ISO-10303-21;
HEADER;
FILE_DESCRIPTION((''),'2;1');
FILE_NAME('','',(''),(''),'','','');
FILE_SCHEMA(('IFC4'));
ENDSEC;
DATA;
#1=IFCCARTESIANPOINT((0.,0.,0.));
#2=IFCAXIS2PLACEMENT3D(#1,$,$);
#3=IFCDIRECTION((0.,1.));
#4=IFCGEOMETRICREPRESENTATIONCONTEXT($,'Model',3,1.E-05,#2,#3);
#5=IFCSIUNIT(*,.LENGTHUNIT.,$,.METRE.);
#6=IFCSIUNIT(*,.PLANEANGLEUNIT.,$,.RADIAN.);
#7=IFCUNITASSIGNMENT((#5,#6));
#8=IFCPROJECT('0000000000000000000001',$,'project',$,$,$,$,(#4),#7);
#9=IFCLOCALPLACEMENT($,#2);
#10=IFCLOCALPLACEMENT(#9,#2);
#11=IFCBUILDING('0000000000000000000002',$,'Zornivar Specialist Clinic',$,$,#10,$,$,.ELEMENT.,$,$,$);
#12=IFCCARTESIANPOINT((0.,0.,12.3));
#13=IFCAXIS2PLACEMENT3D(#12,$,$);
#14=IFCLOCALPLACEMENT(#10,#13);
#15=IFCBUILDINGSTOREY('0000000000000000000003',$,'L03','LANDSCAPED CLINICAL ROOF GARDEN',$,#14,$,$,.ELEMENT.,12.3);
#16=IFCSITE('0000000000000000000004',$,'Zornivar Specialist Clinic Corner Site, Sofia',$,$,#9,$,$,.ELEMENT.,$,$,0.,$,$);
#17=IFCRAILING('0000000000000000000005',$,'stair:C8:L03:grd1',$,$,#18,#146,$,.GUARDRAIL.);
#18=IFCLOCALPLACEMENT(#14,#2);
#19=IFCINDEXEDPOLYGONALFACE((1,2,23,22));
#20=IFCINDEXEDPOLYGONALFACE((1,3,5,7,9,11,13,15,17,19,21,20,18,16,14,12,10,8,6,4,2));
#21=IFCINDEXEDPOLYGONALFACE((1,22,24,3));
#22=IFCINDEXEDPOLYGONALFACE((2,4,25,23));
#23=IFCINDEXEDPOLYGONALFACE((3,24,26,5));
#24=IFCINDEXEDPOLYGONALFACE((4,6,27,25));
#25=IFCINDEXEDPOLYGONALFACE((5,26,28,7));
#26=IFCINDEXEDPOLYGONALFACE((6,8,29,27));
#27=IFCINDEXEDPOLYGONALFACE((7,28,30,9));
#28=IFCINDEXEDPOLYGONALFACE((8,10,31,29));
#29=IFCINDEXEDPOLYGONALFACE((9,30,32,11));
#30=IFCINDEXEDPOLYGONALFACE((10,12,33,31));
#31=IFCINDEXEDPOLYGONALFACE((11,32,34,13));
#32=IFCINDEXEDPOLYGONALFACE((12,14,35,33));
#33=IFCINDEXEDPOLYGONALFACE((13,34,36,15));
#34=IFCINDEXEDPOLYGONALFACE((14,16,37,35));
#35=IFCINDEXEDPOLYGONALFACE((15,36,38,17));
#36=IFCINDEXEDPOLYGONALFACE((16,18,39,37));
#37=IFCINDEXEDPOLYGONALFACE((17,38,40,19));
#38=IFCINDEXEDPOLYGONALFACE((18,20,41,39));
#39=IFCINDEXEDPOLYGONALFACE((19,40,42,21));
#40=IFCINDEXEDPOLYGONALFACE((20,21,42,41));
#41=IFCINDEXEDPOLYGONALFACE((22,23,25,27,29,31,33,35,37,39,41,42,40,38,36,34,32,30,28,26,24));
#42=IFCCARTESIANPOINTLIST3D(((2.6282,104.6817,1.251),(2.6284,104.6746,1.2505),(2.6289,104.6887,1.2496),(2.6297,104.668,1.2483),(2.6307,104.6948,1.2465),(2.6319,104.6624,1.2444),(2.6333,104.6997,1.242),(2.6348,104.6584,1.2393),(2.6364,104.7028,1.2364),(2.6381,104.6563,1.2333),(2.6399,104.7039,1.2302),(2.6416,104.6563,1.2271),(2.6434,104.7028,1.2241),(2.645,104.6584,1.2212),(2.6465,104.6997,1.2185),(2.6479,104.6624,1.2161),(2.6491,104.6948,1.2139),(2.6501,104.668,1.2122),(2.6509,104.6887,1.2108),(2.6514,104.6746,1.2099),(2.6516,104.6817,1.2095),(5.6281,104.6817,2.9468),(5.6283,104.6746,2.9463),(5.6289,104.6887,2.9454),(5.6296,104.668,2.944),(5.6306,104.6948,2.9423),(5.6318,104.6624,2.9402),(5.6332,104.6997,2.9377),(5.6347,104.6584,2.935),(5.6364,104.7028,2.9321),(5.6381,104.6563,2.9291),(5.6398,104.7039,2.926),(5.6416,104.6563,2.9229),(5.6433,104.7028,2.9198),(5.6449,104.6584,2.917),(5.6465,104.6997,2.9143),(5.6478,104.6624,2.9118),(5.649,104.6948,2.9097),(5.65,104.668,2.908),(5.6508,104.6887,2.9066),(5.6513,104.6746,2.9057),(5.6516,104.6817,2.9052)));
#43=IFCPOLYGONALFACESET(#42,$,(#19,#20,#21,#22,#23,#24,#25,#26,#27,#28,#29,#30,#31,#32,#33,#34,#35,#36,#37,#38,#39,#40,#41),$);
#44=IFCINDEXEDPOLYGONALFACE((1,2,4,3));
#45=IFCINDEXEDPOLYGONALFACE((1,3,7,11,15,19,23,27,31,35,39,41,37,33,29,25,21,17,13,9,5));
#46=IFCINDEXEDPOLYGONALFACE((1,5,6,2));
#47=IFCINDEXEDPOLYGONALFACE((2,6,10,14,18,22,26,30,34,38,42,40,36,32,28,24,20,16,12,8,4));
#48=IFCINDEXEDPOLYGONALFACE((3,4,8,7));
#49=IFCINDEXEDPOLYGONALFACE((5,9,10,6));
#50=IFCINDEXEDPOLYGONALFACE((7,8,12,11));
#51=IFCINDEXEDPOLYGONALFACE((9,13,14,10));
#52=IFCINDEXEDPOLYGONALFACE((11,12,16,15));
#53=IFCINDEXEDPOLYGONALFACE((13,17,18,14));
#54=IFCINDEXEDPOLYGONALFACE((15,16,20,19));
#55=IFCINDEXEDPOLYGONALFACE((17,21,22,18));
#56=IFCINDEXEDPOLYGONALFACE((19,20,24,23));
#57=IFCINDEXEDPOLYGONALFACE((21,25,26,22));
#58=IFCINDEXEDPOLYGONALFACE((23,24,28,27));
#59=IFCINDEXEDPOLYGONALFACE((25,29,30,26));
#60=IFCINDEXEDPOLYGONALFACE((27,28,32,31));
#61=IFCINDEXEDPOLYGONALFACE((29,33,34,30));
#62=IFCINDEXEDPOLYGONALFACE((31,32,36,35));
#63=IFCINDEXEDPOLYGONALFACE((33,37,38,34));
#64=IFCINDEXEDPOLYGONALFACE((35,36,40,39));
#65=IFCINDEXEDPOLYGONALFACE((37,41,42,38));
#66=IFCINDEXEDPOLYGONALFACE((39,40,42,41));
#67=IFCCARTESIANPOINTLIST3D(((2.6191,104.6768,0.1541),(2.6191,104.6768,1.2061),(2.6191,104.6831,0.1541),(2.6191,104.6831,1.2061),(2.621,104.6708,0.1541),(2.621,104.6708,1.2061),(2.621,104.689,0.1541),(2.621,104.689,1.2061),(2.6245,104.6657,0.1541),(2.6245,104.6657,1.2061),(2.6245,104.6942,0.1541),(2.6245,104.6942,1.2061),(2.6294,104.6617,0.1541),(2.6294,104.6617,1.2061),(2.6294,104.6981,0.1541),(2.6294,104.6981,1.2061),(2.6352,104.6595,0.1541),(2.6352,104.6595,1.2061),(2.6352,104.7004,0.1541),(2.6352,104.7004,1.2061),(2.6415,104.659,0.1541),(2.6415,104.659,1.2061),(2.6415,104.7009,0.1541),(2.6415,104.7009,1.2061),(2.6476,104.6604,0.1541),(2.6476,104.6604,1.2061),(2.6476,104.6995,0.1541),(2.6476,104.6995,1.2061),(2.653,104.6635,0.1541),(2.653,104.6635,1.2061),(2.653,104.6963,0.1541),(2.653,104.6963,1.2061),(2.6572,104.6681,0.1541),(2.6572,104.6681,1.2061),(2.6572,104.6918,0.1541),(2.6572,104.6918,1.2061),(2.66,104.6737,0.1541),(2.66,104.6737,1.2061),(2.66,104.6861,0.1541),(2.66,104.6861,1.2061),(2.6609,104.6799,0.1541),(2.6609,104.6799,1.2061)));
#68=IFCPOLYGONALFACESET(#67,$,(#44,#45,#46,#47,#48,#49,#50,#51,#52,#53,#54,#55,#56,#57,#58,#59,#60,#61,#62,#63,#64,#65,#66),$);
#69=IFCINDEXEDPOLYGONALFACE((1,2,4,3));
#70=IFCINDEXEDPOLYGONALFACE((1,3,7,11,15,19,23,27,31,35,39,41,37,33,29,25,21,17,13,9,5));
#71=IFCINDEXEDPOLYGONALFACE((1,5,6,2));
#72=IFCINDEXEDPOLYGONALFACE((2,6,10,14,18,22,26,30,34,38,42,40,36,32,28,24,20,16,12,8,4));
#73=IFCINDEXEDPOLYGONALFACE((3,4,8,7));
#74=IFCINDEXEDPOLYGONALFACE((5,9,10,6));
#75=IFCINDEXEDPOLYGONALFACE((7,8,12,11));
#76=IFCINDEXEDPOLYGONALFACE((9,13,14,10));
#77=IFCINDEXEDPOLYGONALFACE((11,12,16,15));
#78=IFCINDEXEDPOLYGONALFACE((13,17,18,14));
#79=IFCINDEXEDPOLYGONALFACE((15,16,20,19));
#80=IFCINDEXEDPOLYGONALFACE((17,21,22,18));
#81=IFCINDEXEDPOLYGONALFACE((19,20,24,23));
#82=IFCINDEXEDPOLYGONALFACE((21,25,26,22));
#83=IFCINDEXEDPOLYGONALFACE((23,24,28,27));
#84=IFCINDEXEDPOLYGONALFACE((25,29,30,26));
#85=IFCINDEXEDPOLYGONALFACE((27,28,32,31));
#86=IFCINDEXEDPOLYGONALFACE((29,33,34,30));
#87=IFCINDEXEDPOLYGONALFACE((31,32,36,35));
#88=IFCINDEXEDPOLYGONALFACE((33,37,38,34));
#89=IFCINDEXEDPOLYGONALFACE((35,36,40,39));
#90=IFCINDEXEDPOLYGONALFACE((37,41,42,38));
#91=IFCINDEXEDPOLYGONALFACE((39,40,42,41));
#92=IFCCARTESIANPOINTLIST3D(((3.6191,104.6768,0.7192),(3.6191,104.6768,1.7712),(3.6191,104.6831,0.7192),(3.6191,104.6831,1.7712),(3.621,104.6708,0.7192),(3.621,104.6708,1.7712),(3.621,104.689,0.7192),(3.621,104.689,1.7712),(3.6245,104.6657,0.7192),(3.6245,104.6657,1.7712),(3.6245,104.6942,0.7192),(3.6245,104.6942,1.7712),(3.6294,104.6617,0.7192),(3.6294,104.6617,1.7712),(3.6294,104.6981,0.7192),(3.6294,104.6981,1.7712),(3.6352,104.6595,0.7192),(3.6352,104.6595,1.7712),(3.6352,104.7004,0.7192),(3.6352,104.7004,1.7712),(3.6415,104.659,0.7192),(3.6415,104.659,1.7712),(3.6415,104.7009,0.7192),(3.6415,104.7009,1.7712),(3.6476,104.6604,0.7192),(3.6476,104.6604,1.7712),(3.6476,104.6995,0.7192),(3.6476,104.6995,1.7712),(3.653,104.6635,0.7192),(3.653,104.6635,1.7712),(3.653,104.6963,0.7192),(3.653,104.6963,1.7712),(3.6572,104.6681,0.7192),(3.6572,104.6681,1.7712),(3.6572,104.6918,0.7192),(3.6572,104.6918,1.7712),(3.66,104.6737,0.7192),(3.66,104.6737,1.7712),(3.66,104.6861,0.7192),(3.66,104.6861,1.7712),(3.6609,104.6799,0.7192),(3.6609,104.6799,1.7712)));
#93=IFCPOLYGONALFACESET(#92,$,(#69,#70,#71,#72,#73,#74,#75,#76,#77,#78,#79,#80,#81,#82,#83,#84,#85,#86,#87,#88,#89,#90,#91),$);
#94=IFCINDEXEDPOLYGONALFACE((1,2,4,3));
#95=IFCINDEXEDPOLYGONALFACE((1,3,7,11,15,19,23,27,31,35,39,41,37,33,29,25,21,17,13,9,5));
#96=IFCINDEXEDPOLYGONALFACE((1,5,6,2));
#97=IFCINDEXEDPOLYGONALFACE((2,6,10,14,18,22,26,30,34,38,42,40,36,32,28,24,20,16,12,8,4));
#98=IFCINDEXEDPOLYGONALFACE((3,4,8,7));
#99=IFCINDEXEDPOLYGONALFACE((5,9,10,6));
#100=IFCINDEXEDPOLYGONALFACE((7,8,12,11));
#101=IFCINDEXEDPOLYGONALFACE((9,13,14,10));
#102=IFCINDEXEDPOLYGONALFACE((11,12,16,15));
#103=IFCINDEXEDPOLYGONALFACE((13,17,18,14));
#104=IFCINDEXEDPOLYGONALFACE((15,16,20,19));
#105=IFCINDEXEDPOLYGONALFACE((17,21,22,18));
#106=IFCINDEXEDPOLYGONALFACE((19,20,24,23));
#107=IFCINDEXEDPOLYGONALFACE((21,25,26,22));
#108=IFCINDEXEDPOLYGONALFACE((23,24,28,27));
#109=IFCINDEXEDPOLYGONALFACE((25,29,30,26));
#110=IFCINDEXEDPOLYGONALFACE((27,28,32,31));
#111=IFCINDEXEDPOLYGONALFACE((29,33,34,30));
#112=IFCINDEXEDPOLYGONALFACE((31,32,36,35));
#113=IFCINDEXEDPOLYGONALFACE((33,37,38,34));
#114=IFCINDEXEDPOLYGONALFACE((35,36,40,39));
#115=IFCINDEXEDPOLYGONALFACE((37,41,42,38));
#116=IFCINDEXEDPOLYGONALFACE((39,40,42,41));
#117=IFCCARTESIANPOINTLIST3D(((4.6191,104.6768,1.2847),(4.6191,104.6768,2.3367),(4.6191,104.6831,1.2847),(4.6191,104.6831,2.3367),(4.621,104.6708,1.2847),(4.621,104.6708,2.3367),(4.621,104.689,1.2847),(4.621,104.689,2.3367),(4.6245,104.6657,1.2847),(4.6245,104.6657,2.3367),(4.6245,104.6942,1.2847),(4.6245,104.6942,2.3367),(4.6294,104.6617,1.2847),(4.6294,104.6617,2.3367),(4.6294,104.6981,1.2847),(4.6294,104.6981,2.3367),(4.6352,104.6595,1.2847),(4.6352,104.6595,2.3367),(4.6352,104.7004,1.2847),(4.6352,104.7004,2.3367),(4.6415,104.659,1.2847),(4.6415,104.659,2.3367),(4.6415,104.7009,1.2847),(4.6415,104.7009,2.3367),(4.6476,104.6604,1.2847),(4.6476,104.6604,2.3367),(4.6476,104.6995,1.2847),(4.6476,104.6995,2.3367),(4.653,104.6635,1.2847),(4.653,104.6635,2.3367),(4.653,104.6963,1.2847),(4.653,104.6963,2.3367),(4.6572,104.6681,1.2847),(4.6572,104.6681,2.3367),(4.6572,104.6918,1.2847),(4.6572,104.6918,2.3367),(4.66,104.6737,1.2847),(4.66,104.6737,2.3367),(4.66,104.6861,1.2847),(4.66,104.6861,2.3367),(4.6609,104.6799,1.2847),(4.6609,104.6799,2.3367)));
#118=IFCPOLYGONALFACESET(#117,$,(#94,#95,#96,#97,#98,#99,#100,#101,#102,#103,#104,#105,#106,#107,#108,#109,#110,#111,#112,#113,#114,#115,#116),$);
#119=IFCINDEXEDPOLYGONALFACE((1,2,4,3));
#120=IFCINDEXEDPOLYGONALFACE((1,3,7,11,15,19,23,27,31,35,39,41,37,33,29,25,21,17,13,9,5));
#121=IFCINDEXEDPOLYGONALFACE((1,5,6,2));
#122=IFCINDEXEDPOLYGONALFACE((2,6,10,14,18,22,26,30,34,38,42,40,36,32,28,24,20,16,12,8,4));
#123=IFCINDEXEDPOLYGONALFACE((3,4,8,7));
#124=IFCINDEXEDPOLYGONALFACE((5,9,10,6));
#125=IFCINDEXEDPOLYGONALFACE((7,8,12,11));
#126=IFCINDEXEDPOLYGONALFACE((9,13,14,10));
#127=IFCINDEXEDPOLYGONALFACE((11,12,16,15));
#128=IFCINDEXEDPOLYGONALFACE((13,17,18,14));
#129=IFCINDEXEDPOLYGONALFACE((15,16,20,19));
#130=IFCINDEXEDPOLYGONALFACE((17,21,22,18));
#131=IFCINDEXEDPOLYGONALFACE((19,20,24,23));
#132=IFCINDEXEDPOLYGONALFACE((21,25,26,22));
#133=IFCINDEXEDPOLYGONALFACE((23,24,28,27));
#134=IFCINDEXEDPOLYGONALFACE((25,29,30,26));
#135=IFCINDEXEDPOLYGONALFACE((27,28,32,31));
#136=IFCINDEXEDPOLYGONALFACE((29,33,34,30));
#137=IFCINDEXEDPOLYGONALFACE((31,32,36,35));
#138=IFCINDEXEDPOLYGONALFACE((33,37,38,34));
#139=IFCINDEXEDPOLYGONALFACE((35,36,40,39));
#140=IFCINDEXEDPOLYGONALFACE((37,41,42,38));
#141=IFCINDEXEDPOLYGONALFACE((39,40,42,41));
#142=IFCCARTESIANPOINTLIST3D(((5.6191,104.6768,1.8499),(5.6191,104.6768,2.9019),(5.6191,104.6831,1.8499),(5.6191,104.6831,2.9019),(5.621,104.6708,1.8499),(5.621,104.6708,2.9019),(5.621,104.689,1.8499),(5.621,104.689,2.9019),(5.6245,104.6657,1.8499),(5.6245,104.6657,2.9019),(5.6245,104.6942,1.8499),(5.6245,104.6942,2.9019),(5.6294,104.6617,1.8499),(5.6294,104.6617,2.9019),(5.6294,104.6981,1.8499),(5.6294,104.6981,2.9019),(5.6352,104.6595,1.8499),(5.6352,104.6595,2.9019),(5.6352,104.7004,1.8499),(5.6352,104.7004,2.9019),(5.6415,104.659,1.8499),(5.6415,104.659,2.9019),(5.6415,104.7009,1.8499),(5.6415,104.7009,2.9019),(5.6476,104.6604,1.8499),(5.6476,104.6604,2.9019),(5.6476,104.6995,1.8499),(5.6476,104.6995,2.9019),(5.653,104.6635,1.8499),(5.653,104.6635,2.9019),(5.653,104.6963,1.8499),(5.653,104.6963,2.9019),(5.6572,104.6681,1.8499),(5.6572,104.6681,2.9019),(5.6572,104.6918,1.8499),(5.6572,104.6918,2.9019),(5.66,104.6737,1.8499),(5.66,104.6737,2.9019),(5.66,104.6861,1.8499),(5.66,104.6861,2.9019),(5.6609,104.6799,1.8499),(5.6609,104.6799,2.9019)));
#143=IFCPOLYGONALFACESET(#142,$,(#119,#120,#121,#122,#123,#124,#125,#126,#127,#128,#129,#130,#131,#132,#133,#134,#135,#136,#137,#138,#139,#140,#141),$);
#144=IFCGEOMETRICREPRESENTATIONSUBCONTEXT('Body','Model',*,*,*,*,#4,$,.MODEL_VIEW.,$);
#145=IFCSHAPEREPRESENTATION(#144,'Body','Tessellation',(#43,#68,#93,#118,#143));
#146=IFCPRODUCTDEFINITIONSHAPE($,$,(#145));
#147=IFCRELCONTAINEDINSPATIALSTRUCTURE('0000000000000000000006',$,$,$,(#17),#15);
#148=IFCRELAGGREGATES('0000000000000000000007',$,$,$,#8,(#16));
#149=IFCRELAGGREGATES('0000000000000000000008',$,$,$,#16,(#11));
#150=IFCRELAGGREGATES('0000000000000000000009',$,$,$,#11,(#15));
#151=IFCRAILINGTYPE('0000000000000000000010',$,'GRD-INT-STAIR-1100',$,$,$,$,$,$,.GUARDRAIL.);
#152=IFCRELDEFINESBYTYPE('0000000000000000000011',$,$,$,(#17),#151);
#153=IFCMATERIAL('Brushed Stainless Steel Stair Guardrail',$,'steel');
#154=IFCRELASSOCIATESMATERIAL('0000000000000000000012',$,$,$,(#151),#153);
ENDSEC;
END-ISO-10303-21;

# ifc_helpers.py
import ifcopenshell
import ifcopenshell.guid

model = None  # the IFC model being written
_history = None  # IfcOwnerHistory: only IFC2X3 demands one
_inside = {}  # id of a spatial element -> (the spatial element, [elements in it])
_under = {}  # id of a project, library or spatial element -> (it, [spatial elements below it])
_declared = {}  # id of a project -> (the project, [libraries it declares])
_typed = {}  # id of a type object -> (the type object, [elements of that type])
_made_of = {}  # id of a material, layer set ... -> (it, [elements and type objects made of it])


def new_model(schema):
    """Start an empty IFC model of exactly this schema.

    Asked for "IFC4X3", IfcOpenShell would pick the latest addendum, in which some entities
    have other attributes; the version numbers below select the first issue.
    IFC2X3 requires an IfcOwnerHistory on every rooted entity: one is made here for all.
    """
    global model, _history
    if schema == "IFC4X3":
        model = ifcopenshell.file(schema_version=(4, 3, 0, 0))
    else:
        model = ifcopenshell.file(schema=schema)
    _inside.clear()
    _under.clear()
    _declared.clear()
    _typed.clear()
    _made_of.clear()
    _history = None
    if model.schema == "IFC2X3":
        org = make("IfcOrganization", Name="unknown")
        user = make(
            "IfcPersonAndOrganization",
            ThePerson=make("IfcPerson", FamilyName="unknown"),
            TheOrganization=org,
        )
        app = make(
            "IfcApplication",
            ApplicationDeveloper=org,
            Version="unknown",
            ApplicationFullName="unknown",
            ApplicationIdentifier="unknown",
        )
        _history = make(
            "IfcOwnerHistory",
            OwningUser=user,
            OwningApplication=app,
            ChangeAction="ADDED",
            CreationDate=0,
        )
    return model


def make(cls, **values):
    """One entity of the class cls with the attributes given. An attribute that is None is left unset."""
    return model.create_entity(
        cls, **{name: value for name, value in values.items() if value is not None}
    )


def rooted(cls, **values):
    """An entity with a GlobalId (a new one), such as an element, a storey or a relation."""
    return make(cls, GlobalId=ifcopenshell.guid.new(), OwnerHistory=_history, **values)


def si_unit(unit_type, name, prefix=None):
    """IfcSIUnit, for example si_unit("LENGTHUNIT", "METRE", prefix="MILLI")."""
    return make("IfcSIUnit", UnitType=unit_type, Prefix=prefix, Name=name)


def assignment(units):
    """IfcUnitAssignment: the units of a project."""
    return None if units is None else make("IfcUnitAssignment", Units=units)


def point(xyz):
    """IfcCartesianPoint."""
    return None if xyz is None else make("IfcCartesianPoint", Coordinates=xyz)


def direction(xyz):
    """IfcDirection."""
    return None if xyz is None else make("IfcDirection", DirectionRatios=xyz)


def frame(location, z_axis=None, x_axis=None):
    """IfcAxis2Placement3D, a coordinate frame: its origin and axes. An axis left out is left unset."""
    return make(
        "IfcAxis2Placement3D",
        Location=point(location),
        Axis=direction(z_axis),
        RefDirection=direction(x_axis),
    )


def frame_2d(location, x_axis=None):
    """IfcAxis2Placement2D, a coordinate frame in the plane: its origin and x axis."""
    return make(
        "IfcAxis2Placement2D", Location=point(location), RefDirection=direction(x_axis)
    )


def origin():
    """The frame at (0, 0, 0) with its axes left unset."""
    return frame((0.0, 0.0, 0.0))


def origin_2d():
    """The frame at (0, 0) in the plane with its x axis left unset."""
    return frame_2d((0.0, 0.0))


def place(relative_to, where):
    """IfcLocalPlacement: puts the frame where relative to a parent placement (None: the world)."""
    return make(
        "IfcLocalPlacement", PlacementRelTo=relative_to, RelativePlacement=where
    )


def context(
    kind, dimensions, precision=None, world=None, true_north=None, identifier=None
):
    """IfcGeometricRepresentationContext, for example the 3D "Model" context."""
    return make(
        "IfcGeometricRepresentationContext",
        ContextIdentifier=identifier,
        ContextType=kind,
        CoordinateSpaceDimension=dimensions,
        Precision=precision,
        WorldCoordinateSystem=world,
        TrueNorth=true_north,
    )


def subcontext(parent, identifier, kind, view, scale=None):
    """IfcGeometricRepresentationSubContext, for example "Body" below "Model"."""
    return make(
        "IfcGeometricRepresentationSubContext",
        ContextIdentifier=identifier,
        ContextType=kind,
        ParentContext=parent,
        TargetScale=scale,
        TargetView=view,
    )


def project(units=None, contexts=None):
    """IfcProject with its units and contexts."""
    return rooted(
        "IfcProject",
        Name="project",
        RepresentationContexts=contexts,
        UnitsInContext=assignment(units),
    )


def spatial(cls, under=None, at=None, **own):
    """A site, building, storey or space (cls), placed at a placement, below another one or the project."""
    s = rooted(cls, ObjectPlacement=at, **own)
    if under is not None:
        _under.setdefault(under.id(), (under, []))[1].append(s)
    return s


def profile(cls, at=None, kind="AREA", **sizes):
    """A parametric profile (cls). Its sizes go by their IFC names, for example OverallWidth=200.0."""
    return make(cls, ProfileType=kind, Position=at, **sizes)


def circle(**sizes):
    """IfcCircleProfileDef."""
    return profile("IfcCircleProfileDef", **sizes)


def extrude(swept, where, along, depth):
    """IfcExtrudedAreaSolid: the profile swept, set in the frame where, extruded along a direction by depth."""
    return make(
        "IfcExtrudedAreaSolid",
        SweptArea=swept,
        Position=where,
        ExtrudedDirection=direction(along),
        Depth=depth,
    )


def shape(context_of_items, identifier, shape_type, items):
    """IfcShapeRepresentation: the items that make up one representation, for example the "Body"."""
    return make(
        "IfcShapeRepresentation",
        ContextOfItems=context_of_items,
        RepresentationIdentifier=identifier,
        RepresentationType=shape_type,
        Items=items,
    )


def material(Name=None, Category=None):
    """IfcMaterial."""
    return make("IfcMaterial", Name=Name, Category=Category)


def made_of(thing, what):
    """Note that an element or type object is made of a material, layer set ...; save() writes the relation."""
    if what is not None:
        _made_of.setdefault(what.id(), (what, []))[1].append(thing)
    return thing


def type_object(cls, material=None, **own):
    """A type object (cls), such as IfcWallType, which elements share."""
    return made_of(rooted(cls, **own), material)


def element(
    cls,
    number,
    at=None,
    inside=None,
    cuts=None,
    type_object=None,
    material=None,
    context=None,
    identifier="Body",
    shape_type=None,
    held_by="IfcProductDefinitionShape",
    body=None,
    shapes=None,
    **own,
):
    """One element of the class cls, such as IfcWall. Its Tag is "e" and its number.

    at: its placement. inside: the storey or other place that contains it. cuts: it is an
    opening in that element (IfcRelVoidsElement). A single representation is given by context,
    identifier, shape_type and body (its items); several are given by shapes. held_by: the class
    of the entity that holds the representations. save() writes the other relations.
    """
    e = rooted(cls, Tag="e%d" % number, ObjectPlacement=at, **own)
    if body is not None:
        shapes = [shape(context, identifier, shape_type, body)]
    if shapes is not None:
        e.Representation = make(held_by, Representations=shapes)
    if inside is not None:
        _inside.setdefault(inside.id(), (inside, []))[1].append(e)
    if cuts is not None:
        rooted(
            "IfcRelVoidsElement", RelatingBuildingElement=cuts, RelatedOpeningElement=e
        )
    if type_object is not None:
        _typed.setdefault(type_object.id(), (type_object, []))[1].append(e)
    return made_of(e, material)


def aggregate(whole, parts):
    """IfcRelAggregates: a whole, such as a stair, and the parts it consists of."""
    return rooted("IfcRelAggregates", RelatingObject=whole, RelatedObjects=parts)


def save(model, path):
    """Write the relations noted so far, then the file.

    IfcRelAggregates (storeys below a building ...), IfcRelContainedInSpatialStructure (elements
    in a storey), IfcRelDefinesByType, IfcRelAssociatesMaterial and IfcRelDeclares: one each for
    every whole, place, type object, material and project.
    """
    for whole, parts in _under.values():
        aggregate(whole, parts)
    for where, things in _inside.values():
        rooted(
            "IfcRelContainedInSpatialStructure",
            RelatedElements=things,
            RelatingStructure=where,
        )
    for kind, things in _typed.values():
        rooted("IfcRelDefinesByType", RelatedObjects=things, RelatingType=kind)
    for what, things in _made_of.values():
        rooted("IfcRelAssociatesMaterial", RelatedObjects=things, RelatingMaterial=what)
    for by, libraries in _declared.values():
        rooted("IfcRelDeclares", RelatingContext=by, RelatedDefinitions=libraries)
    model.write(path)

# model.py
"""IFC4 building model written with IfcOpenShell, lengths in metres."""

from ifc_helpers import new_model, si_unit, direction, frame, origin, origin_2d, place, context, subcontext, project, spatial, circle, extrude, material, type_object, element, save


model = new_model("IFC4")

# Units and contexts
model_context = context("Model", 3, precision=1e-05, world=origin(), true_north=direction((0.0, 1.0)))
body_context = subcontext(model_context, "Body", "Model", "MODEL_VIEW")
ifc_project = project(units=[si_unit("LENGTHUNIT", "METRE"), si_unit("PLANEANGLEUNIT", "RADIAN")], contexts=[model_context])

# Site, building, storey
site_placement = place(None, origin())
site = spatial("IfcSite", under=ifc_project, at=site_placement, Name="Zornivar Specialist Clinic Corner Site, Sofia", CompositionType="ELEMENT", RefElevation=0.0)
building_placement = place(site_placement, origin())
building = spatial("IfcBuilding", under=site, at=building_placement, Name="Zornivar Specialist Clinic", CompositionType="ELEMENT")
storey_placement = place(building_placement, frame((0.0, 0.0, 12.3)))
storey = spatial("IfcBuildingStorey", under=building, at=storey_placement, Name="L03", Description="LANDSCAPED CLINICAL ROOF GARDEN", CompositionType="ELEMENT", Elevation=12.3)

# Railing
ifc_material_1 = material(Name="Brushed Stainless Steel Stair Guardrail", Category="steel")
railing_type_1 = type_object("IfcRailingType", Name="GRD-INT-STAIR-1100", PredefinedType="GUARDRAIL", material=ifc_material_1)
railing_1_placement = place(storey_placement, frame((2.6399, 104.6799, 0.1541)))
element("IfcRailing", 1, at=railing_1_placement, inside=storey, type_object=railing_type_1, Name="stair:C8:L03:grd1", PredefinedType="GUARDRAIL", context=body_context, shape_type="SweptSolid", body=[
    extrude(circle(Radius=0.0239, at=origin_2d()), frame((0.0, 0.0, 1.0762), z_axis=(0.870544, 0.0, 0.49209), x_axis=(0.0, 1.0, 0.0)), (0.0, 0.0, 1.0), 3.446),
    extrude(circle(Radius=0.021, at=origin_2d()), origin(), (0.0, 0.0, 1.0), 1.052),
    extrude(circle(Radius=0.021, at=origin_2d()), frame((1.0, 0.0, 0.5652)), (0.0, 0.0, 1.0), 1.052),
    extrude(circle(Radius=0.021, at=origin_2d()), frame((2.0, 0.0, 1.1306)), (0.0, 0.0, 1.0), 1.052),
    extrude(circle(Radius=0.021, at=origin_2d()), frame((3.0, 0.0, 1.6958)), (0.0, 0.0, 1.0), 1.052),
])

save(model, "model.ifc")
